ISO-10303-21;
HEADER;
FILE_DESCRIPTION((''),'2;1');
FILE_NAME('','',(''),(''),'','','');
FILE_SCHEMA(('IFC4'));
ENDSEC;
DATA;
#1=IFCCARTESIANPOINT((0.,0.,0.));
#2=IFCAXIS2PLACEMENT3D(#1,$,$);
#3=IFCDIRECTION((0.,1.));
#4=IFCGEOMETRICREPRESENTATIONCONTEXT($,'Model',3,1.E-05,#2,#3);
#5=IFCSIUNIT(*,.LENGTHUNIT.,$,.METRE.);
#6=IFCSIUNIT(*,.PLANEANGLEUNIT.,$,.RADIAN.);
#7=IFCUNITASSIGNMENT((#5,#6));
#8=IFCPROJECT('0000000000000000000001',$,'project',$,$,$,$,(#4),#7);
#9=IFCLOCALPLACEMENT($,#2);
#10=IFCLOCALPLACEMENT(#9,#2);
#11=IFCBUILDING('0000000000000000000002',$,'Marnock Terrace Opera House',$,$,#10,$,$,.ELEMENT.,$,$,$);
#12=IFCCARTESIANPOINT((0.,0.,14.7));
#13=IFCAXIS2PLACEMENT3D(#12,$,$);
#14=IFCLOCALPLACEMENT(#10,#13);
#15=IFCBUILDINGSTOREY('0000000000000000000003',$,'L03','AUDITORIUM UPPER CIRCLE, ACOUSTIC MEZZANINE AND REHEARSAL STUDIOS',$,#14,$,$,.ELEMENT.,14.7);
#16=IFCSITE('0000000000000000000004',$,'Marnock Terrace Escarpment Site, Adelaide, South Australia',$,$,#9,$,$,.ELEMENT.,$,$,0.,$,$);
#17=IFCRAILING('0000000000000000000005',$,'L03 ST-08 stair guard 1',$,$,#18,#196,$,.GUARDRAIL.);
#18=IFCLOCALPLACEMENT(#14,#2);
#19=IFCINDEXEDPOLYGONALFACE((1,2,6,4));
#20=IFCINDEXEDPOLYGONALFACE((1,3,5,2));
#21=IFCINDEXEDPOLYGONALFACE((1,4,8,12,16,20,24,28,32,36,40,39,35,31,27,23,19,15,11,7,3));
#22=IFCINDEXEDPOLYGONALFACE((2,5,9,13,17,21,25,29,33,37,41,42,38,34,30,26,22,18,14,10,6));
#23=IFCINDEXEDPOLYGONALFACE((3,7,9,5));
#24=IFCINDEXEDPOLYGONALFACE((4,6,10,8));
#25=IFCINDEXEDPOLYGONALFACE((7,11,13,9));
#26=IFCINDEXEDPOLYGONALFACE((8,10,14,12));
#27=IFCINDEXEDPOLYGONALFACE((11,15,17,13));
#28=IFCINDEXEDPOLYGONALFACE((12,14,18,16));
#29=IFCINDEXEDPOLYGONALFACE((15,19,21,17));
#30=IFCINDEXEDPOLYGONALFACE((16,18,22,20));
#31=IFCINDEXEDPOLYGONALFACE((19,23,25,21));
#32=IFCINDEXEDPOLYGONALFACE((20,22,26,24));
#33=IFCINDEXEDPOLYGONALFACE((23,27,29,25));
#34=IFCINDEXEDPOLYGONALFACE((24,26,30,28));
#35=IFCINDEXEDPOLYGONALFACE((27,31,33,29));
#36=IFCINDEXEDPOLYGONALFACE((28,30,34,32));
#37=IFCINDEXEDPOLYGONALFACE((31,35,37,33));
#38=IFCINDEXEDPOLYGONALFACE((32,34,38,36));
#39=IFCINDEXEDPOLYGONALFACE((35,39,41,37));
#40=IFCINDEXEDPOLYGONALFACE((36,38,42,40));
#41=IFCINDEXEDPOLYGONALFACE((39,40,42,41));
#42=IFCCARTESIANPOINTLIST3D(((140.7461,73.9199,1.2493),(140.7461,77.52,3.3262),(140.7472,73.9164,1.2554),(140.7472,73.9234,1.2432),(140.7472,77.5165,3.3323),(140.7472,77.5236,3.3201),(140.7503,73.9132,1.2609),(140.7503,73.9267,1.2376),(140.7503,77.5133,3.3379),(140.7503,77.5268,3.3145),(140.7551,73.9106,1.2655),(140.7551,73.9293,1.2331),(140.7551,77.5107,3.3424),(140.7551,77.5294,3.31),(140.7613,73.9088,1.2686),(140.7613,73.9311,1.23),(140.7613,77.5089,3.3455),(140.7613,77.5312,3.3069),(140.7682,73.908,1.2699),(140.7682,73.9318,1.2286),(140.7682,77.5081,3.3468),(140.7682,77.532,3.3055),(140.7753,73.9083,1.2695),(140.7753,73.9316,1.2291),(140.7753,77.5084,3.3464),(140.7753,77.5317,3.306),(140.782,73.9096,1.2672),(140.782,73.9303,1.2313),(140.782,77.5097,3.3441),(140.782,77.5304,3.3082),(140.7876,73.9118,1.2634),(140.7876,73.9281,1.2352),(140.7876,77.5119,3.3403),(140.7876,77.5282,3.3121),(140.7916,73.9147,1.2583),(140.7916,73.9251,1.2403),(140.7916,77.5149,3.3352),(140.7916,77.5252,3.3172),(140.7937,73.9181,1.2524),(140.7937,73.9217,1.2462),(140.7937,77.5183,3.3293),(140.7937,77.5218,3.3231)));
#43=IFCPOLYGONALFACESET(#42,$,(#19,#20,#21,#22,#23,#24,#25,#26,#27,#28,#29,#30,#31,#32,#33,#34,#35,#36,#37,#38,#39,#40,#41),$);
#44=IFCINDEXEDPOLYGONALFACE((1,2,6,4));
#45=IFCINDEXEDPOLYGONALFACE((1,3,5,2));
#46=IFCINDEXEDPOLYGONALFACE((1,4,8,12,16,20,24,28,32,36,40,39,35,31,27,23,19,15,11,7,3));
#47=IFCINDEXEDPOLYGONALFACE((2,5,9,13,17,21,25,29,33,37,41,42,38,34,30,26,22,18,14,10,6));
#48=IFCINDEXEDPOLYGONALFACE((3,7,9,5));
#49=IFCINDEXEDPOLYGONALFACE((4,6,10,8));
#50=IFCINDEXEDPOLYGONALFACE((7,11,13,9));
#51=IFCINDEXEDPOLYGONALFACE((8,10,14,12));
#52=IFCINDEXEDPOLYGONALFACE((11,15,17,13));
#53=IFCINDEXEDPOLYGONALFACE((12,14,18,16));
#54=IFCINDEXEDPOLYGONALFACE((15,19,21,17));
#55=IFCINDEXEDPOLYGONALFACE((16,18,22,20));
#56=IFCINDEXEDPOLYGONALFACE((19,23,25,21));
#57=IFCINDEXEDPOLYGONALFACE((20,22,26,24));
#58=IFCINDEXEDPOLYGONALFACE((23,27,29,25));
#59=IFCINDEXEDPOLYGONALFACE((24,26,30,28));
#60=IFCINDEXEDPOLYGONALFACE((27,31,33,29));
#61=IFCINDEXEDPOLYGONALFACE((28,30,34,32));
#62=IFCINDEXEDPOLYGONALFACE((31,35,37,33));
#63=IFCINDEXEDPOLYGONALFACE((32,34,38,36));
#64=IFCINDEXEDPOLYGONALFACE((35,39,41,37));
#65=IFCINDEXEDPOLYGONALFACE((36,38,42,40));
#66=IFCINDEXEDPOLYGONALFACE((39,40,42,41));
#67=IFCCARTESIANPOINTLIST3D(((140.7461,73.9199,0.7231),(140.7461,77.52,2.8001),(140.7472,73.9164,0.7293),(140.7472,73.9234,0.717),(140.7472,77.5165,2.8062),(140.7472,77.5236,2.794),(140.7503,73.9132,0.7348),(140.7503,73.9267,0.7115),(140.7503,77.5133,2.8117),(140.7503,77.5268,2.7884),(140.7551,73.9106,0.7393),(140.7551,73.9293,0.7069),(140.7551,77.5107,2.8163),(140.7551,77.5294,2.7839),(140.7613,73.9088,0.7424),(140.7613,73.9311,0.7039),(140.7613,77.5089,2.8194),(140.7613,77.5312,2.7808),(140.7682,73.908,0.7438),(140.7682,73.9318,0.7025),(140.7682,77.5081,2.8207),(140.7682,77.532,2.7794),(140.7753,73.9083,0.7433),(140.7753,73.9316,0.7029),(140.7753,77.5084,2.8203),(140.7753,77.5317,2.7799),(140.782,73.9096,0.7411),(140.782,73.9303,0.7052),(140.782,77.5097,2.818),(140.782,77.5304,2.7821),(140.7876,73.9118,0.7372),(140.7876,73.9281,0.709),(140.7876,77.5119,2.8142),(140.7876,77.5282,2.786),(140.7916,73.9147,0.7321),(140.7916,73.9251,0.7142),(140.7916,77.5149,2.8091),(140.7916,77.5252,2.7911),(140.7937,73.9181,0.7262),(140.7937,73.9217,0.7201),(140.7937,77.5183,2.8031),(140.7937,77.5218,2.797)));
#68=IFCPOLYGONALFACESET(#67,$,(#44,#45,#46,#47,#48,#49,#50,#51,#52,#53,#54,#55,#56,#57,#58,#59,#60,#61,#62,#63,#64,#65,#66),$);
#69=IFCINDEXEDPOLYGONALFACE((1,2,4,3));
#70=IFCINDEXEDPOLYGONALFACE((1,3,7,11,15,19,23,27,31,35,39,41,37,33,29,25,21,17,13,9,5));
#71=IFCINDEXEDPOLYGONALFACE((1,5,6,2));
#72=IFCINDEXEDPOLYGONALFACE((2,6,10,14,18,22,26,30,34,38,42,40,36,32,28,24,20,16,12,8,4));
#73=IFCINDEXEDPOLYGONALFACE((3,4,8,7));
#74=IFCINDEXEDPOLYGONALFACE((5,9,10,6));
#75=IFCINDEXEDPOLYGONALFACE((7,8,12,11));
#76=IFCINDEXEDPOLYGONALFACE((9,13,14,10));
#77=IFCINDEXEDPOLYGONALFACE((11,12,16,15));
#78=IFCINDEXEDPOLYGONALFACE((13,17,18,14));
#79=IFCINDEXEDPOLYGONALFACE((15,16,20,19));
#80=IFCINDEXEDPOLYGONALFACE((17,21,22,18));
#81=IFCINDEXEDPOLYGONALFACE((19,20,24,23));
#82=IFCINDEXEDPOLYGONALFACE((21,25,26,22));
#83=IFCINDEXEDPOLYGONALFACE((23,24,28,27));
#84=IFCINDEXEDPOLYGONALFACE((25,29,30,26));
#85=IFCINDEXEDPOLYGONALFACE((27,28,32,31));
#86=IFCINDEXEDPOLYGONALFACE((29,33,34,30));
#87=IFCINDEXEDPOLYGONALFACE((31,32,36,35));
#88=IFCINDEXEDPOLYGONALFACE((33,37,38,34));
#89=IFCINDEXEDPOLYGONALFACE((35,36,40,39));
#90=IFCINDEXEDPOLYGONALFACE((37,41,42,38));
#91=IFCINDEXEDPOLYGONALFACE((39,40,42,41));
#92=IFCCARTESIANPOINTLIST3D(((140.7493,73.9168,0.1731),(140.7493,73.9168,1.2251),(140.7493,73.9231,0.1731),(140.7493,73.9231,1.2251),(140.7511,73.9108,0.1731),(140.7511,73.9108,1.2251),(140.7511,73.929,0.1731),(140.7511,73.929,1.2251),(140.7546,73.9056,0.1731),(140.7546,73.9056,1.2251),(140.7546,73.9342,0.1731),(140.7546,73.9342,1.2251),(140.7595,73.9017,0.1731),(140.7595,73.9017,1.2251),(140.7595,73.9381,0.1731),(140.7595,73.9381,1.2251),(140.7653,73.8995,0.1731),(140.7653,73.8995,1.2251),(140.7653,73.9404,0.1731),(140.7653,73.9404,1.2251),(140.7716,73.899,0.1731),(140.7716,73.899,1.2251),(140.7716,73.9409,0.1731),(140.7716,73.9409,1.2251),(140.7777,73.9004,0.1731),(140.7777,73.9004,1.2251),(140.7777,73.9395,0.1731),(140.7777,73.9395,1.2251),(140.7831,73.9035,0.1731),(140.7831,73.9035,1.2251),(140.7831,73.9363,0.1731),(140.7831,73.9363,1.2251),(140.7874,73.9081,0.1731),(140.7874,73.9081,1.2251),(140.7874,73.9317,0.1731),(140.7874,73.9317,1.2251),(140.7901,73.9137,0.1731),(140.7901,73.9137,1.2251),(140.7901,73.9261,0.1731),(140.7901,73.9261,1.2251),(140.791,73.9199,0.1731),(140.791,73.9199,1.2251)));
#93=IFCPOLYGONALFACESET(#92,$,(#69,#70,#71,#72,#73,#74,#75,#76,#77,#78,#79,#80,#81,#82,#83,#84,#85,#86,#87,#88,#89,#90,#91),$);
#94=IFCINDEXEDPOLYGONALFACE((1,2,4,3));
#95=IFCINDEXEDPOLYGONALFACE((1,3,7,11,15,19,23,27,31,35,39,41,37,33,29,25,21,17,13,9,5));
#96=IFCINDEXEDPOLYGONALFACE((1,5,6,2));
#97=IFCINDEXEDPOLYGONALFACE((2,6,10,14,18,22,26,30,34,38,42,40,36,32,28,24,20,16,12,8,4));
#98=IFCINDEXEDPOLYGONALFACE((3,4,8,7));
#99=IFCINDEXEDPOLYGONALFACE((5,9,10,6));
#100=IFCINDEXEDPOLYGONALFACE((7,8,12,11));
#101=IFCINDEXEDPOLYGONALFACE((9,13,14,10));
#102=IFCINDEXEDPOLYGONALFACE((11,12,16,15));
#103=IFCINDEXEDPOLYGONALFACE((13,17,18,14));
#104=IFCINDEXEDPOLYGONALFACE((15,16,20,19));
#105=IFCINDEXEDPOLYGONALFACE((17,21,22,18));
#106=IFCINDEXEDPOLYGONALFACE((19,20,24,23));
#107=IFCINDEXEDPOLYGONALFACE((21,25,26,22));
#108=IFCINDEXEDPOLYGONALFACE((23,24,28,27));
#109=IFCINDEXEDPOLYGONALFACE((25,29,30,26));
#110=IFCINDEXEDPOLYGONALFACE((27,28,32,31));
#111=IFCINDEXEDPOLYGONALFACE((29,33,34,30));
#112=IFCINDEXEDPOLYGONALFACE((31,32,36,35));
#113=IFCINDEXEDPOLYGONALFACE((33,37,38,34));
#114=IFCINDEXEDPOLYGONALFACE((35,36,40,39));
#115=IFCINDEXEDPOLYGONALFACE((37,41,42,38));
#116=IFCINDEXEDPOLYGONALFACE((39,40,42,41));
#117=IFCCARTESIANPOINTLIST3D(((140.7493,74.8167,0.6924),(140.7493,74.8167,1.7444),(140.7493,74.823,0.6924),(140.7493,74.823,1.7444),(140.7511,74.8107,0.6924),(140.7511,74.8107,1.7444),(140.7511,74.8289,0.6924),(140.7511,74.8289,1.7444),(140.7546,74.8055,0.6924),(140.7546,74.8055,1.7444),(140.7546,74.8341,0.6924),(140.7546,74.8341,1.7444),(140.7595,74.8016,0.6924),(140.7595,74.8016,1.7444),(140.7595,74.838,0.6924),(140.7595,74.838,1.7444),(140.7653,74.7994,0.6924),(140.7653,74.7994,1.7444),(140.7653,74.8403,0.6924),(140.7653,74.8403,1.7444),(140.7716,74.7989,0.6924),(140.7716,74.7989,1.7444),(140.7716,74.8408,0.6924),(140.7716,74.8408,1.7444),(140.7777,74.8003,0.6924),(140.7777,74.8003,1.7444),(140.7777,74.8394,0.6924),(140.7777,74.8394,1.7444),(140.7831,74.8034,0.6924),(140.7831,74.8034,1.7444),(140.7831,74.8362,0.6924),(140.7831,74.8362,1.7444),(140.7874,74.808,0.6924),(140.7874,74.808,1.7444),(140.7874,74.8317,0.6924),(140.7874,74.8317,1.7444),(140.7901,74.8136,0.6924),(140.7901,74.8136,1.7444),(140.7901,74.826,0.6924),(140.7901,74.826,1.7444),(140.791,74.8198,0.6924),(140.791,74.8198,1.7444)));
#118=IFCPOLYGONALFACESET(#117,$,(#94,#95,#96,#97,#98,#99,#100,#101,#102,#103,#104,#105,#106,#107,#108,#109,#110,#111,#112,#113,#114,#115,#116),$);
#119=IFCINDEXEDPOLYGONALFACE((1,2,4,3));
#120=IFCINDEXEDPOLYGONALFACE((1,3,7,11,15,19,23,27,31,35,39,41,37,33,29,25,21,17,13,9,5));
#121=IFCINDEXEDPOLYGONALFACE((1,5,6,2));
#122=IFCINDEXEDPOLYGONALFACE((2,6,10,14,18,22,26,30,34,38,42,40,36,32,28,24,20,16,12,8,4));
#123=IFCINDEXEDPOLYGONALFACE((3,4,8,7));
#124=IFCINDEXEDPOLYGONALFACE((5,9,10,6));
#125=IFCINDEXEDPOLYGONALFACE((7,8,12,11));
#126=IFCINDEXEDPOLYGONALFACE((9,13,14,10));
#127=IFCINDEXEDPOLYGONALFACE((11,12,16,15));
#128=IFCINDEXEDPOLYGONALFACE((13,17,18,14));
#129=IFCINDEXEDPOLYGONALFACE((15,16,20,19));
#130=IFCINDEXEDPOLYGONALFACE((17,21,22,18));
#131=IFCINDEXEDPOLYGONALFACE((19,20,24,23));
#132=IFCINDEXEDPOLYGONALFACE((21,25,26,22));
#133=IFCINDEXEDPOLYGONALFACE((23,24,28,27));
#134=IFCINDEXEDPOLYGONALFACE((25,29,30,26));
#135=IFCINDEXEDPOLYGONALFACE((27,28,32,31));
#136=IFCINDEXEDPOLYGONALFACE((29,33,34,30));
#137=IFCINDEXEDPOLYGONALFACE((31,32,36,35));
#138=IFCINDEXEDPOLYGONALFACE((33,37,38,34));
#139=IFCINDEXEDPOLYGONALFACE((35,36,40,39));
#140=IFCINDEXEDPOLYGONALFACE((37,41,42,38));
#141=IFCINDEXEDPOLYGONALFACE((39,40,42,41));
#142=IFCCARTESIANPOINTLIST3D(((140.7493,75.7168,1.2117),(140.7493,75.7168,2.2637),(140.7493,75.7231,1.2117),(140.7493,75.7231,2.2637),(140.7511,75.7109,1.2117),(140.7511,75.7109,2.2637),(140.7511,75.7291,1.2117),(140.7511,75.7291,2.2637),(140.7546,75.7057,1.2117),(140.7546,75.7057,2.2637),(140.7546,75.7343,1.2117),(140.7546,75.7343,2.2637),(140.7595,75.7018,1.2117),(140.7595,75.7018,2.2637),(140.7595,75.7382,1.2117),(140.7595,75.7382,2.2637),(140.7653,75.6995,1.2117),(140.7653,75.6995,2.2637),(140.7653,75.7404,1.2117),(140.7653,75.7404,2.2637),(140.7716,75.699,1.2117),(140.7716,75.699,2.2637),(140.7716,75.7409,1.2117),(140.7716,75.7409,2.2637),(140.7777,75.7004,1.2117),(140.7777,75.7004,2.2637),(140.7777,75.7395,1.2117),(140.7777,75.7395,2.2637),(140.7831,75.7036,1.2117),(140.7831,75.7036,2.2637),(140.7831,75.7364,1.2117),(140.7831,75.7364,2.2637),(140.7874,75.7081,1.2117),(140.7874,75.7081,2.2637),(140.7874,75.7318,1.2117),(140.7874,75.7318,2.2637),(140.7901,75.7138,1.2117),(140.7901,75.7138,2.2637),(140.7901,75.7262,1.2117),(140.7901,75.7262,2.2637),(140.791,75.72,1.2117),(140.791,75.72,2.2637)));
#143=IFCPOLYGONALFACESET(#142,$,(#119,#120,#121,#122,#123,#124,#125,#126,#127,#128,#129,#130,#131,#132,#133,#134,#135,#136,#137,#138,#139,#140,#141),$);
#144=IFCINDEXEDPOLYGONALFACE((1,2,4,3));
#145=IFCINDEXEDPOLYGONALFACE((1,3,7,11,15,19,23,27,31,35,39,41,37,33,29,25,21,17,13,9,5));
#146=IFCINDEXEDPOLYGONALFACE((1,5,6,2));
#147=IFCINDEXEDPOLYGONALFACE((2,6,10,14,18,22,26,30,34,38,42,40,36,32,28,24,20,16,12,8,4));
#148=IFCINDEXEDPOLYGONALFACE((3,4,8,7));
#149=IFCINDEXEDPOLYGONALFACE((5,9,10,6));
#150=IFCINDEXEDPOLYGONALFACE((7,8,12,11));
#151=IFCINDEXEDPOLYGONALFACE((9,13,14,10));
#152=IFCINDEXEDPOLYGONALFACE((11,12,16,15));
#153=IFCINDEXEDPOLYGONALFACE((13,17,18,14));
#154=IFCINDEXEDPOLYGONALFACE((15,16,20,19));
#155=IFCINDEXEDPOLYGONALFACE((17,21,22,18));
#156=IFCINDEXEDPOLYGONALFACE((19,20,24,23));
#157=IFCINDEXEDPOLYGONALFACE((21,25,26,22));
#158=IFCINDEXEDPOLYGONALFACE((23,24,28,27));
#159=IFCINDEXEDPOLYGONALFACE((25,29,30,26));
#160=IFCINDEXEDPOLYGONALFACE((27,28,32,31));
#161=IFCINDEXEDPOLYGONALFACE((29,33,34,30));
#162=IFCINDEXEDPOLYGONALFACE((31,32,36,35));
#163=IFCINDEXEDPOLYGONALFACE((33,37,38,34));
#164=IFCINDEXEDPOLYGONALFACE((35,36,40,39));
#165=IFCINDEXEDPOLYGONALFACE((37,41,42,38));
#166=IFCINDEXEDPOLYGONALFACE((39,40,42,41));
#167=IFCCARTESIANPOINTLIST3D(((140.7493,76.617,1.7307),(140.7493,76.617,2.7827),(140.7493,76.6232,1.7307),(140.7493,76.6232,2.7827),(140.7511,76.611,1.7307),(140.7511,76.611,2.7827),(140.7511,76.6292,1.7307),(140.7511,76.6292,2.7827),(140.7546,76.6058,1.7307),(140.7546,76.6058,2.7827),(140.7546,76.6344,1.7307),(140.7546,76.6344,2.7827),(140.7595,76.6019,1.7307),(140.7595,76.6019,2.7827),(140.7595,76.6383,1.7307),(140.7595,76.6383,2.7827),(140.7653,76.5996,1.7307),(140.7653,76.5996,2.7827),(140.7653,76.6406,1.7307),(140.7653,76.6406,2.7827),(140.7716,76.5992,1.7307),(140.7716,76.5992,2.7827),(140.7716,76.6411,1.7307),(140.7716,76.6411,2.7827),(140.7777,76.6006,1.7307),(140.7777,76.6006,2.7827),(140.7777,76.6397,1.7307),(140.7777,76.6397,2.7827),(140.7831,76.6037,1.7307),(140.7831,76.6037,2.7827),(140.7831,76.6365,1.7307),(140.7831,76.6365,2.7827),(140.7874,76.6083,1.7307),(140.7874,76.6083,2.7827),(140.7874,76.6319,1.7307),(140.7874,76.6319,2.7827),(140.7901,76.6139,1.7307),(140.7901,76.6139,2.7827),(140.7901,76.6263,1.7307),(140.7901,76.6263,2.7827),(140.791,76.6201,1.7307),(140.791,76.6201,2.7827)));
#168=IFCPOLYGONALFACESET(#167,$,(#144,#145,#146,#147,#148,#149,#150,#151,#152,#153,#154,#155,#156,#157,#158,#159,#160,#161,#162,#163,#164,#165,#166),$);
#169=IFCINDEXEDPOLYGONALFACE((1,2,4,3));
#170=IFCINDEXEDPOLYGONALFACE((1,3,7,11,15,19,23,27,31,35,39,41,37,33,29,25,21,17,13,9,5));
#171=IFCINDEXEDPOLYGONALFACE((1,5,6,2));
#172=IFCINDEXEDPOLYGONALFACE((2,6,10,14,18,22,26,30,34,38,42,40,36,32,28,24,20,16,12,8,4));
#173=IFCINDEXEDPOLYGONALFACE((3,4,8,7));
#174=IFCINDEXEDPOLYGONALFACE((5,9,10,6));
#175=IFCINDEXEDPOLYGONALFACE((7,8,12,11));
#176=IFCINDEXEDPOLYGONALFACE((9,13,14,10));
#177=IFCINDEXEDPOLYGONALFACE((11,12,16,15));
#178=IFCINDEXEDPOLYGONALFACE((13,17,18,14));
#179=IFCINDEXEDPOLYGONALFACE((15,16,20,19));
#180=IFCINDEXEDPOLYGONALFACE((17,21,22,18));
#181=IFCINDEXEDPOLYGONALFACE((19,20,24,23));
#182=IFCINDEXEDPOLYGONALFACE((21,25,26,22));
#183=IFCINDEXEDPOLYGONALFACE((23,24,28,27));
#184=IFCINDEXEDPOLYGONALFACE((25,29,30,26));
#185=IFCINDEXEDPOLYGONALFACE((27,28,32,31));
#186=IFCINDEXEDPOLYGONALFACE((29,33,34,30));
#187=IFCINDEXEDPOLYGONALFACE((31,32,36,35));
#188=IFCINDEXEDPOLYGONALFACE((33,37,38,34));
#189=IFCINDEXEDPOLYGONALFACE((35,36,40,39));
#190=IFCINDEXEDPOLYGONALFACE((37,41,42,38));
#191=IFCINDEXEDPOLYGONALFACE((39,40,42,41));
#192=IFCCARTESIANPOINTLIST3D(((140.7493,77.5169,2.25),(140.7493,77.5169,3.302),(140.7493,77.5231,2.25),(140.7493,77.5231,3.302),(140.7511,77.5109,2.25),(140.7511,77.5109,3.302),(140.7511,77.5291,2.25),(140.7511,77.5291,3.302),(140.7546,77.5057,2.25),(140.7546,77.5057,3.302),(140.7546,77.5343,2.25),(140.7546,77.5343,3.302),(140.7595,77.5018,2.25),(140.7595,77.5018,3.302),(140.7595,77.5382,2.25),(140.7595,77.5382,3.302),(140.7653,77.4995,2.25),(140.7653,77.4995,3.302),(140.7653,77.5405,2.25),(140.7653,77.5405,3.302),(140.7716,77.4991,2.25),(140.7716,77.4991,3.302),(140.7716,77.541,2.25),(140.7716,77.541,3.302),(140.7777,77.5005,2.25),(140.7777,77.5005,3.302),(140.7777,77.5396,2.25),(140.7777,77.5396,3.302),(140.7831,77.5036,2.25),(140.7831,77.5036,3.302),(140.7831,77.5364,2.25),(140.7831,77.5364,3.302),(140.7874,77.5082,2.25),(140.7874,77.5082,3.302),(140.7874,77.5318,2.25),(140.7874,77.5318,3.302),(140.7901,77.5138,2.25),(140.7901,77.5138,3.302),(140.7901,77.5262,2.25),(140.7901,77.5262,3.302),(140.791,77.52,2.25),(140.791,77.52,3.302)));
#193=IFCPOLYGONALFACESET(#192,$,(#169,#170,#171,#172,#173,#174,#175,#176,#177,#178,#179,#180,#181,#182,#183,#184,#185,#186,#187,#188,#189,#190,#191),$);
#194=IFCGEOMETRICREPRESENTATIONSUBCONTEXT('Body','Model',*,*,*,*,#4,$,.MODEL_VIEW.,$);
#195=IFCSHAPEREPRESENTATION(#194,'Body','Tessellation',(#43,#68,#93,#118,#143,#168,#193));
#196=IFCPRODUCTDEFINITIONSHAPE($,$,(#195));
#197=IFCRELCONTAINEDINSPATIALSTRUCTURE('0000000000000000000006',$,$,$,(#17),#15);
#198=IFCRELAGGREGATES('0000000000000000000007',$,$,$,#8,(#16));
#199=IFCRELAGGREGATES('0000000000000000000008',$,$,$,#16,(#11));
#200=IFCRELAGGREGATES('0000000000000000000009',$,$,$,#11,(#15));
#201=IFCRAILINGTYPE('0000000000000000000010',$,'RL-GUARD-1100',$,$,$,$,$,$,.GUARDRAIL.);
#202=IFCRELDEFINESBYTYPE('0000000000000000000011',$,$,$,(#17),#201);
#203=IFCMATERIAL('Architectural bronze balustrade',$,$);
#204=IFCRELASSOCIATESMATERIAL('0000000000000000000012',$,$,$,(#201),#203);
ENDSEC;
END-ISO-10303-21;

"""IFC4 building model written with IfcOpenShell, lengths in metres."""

from ifc_helpers import new_model, si_unit, direction, frame, origin, origin_2d, place, context, subcontext, project, spatial, circle, extrude, material, type_object, element, save


model = new_model("IFC4")

# Units and contexts
model_context = context("Model", 3, precision=1e-05, world=origin(), true_north=direction((0.0, 1.0)))
body_context = subcontext(model_context, "Body", "Model", "MODEL_VIEW")
ifc_project = project(units=[si_unit("LENGTHUNIT", "METRE"), si_unit("PLANEANGLEUNIT", "RADIAN")], contexts=[model_context])

# Site, building, storey
site_placement = place(None, origin())
site = spatial("IfcSite", under=ifc_project, at=site_placement, Name="Marnock Terrace Escarpment Site, Adelaide, South Australia", CompositionType="ELEMENT", RefElevation=0.0)
building_placement = place(site_placement, origin())
building = spatial("IfcBuilding", under=site, at=building_placement, Name="Marnock Terrace Opera House", CompositionType="ELEMENT")
storey_placement = place(building_placement, frame((0.0, 0.0, 14.7)))
storey = spatial("IfcBuildingStorey", under=building, at=storey_placement, Name="L03", Description="AUDITORIUM UPPER CIRCLE, ACOUSTIC MEZZANINE AND REHEARSAL STUDIOS", CompositionType="ELEMENT", Elevation=14.7)

# Railing
ifc_material_1 = material(Name="Architectural bronze balustrade")
railing_type_1 = type_object("IfcRailingType", Name="RL-GUARD-1100", PredefinedType="GUARDRAIL", material=ifc_material_1)
railing_1_placement = place(storey_placement, frame((140.77, 73.9199, 0.1731)))
element("IfcRailing", 1, at=railing_1_placement, inside=storey, type_object=railing_type_1, Name="L03 ST-08 stair guard 1", PredefinedType="GUARDRAIL", context=body_context, shape_type="SweptSolid", body=[
    extrude(circle(Radius=0.0239, at=origin_2d()), frame((0.0, 0.0, 1.0762), z_axis=(0.0, 0.866193, 0.499709), x_axis=(-1.0, 0.0, 0.0)), (0.0, 0.0, 1.0), 4.1562),
    extrude(circle(Radius=0.0239, at=origin_2d()), frame((0.0, 0.0, 0.55), z_axis=(0.0, 0.866193, 0.499709), x_axis=(-1.0, 0.0, 0.0)), (0.0, 0.0, 1.0), 4.1562),
    extrude(circle(Radius=0.021, at=origin_2d()), origin(), (0.0, 0.0, 1.0), 1.052),
    extrude(circle(Radius=0.021, at=origin_2d()), frame((0.0, 0.8999, 0.5193)), (0.0, 0.0, 1.0), 1.052),
    extrude(circle(Radius=0.021, at=origin_2d()), frame((0.0, 1.8, 1.0386)), (0.0, 0.0, 1.0), 1.052),
    extrude(circle(Radius=0.021, at=origin_2d()), frame((0.0, 2.7002, 1.5576)), (0.0, 0.0, 1.0), 1.052),
    extrude(circle(Radius=0.021, at=origin_2d()), frame((0.0, 3.6001, 2.0769)), (0.0, 0.0, 1.0), 1.052),
])

save(model, "model.ifc")
